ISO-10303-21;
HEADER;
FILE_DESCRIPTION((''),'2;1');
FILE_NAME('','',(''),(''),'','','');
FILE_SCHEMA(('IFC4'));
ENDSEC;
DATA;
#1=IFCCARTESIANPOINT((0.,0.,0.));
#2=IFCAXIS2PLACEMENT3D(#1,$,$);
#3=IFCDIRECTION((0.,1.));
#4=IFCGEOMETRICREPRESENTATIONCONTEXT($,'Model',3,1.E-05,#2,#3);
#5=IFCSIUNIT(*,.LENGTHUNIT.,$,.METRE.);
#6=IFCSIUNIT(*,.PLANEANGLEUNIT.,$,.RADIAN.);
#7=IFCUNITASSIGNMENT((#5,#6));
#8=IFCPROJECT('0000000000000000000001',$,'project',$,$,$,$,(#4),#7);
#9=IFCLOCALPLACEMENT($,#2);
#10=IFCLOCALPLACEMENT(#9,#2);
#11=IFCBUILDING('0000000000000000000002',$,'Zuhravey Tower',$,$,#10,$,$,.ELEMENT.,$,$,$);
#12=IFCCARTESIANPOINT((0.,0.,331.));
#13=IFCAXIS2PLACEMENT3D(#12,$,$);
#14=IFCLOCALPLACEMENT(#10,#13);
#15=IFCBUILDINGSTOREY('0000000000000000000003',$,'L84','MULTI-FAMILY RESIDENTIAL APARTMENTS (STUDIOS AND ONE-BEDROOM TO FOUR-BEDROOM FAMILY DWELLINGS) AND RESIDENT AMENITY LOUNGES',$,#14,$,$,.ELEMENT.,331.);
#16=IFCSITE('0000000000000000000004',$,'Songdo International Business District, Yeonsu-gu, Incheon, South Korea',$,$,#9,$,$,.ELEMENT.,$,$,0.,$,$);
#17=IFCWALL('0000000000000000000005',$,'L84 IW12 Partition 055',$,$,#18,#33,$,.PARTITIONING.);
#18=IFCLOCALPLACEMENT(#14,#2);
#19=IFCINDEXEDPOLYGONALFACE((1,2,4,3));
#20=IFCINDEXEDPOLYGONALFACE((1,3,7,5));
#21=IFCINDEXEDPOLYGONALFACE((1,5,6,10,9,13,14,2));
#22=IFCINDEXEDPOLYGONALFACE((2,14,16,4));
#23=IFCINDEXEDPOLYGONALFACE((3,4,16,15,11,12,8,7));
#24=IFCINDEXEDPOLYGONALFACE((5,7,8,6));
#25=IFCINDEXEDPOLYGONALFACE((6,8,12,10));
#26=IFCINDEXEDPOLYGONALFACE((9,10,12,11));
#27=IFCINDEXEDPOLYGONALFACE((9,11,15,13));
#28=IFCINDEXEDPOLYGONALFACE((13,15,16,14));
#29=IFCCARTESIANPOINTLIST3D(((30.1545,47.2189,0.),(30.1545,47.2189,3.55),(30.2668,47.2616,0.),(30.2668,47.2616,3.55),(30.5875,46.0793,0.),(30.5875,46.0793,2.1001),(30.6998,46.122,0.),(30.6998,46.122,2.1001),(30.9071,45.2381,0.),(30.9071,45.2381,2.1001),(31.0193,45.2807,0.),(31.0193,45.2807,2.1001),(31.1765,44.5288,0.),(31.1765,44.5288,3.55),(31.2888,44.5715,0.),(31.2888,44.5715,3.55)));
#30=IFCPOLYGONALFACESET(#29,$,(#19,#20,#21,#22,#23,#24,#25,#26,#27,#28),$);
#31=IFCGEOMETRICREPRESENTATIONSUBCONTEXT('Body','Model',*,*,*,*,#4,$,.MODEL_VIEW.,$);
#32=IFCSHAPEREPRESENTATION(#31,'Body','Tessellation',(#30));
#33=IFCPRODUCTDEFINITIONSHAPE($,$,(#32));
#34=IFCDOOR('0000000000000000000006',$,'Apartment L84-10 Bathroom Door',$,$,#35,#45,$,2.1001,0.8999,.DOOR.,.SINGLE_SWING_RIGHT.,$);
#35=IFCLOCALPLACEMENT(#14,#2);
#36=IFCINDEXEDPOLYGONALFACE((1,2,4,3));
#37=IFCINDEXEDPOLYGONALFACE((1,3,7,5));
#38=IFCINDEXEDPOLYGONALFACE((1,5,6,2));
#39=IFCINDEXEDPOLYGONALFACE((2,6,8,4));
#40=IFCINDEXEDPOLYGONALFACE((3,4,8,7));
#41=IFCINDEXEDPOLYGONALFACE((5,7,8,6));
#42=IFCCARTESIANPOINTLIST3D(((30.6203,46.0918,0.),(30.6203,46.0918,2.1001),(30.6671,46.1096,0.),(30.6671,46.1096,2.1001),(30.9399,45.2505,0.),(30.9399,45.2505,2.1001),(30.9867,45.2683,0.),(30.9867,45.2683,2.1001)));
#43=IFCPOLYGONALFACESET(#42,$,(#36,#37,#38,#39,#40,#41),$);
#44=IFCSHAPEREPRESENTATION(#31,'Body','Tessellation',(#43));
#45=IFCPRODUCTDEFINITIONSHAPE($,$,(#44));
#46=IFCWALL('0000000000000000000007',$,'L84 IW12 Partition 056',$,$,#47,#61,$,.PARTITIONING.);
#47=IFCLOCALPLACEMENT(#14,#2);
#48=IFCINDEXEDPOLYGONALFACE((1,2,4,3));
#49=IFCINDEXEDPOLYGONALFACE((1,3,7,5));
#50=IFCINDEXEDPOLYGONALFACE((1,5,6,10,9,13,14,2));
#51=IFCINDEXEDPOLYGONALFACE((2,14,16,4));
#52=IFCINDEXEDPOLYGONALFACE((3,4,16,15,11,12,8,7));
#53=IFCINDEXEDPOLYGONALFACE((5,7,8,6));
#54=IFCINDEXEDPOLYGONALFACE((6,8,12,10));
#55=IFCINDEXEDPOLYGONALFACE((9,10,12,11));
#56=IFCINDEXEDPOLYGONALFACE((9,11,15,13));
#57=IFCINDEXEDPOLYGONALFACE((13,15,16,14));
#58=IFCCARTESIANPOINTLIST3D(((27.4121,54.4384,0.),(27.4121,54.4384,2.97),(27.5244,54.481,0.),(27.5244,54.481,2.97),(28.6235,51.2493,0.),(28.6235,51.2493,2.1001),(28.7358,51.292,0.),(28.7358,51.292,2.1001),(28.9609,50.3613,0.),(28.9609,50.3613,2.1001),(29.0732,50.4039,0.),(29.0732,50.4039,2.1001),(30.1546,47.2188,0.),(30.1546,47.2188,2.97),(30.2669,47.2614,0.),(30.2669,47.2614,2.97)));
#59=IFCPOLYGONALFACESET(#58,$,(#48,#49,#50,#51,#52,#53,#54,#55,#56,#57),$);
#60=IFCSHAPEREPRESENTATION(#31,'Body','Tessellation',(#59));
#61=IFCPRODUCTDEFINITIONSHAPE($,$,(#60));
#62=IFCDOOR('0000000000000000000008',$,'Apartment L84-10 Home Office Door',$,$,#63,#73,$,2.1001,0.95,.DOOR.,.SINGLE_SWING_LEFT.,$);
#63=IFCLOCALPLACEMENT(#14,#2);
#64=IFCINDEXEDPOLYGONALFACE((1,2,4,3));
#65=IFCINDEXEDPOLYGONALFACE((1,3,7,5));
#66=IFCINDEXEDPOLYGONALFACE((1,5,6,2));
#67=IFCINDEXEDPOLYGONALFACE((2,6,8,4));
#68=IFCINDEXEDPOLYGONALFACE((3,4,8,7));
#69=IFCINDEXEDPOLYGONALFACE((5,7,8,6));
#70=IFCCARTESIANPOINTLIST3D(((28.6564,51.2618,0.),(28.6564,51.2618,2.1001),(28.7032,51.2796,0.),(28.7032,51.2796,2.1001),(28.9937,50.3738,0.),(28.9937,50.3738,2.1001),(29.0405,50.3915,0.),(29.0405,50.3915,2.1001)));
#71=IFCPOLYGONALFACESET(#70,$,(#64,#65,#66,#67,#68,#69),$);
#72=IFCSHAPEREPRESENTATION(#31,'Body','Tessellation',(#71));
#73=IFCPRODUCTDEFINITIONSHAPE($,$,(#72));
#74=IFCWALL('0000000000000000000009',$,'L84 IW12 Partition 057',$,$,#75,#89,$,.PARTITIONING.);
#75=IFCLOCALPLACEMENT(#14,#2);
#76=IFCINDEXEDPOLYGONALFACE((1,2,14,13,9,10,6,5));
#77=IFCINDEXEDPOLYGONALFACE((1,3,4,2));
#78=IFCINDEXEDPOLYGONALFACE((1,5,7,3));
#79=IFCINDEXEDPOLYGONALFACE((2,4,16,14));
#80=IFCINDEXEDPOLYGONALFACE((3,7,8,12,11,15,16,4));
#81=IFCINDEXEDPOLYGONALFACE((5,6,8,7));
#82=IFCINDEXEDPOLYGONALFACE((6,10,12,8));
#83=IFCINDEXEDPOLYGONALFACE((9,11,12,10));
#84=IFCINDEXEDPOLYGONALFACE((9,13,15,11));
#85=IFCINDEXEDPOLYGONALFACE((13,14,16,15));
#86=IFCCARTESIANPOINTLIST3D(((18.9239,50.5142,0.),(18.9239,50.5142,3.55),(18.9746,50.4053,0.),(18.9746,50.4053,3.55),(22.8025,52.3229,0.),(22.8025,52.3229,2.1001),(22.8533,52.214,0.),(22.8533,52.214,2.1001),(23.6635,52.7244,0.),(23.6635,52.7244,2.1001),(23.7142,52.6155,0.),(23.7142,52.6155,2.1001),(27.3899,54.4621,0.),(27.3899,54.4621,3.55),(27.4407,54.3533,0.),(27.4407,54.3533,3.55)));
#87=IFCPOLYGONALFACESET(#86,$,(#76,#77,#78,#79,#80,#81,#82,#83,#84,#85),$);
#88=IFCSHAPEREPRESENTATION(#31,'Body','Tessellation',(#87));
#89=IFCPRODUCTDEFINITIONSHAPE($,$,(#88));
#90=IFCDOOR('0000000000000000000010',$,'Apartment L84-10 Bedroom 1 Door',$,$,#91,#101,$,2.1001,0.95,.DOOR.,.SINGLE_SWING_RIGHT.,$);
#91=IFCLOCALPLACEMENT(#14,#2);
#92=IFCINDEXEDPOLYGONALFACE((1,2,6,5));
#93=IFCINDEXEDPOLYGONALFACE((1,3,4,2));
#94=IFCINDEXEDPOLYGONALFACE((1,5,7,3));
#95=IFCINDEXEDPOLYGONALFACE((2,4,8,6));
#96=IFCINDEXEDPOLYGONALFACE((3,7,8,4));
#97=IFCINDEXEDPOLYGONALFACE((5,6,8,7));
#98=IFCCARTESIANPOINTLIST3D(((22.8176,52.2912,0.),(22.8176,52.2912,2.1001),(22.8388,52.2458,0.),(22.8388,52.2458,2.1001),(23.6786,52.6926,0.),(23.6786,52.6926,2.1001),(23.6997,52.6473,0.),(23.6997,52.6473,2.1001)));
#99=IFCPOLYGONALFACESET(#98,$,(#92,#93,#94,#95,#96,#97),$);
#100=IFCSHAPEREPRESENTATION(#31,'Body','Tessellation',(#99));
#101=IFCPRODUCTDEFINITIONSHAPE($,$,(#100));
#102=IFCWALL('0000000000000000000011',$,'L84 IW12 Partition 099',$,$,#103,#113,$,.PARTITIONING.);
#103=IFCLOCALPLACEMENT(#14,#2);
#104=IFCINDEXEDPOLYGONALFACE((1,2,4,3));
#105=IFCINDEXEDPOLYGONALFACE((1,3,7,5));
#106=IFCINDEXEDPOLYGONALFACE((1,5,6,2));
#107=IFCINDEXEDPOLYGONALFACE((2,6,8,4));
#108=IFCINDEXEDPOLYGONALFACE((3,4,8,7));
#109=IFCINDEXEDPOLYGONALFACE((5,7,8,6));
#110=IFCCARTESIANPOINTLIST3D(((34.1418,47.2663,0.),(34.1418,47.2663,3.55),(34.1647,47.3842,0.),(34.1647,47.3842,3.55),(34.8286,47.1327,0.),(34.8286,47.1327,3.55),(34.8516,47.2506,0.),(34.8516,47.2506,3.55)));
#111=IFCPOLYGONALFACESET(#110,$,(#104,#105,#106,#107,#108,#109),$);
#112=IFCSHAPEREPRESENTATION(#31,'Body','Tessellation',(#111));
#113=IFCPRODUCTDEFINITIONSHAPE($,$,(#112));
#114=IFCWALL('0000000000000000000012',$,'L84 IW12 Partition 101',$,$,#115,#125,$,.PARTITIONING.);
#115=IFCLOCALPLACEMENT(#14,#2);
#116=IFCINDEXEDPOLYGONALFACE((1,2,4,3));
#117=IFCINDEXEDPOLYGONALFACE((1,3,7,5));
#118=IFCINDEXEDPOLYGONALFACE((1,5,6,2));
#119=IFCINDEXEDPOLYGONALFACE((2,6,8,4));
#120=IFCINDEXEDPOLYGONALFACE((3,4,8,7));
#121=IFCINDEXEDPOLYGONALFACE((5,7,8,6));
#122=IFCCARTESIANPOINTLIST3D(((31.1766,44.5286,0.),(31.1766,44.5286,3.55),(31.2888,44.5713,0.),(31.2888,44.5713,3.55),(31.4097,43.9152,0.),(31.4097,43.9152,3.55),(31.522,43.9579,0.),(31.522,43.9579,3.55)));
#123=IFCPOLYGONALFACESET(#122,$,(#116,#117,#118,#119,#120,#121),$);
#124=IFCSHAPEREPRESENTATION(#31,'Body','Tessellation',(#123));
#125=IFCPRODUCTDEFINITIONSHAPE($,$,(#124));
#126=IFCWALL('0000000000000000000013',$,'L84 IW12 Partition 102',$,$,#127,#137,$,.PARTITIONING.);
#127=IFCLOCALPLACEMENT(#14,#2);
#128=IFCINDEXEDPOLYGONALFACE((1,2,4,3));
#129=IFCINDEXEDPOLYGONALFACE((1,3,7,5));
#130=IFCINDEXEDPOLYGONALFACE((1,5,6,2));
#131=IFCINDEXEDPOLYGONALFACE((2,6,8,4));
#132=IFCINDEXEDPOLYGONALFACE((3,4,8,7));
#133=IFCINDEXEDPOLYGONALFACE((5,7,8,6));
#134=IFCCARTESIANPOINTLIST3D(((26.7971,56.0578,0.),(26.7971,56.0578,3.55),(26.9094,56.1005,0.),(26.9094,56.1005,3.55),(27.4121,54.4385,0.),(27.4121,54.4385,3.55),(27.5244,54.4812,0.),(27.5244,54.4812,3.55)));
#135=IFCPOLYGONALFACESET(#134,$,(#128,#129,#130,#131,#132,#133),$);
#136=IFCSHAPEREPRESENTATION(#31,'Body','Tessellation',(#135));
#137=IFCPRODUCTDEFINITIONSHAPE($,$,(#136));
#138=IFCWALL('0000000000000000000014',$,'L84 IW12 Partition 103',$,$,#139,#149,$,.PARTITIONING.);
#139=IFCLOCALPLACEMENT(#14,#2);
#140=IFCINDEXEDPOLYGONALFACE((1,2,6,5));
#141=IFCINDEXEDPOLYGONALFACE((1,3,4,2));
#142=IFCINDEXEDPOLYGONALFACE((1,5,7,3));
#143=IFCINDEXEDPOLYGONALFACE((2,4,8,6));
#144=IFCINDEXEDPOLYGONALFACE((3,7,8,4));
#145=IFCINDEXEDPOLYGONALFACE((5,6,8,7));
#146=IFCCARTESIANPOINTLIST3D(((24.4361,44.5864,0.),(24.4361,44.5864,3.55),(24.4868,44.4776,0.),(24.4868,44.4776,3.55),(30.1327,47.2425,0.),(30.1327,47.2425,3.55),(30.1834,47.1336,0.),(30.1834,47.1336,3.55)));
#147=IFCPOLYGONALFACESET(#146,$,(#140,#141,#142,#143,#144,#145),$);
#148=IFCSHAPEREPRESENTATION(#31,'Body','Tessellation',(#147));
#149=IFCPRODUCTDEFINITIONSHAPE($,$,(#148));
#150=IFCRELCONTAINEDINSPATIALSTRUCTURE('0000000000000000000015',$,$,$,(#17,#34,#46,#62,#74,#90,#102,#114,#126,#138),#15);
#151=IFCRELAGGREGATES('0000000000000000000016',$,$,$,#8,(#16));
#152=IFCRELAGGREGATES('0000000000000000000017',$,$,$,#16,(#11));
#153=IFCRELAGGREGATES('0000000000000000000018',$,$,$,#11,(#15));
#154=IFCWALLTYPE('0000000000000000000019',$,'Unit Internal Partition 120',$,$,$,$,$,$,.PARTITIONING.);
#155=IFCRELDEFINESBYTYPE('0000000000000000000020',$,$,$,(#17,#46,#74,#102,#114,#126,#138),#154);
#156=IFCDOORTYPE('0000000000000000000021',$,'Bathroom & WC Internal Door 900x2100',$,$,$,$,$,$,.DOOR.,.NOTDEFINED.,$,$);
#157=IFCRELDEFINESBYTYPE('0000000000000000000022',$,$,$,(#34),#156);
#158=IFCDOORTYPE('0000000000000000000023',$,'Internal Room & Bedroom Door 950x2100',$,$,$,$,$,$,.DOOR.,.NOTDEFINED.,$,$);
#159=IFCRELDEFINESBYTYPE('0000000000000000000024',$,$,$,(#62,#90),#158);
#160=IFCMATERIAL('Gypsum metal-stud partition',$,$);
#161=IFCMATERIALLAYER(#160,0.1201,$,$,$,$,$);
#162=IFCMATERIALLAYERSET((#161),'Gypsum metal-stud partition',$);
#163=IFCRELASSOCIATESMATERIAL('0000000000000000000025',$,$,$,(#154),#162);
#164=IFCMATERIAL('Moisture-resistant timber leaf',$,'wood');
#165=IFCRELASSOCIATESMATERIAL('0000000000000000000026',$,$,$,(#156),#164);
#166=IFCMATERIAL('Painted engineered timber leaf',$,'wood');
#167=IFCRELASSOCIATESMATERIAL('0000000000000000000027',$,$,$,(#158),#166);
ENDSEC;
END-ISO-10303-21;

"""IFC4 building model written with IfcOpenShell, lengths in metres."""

from ifc_helpers import new_model, si_unit, direction, frame, frame_2d, origin, place, context, subcontext, project, spatial, rectangle, extrude, material, layer, layer_set, type_object, element, fill, save


model = new_model("IFC4")

# Units and contexts
model_context = context("Model", 3, precision=1e-05, world=origin(), true_north=direction((0.0, 1.0)))
body_context = subcontext(model_context, "Body", "Model", "MODEL_VIEW")
ifc_project = project(units=[si_unit("LENGTHUNIT", "METRE"), si_unit("PLANEANGLEUNIT", "RADIAN")], contexts=[model_context])

# Site, building, storey
site_placement = place(None, origin())
site = spatial("IfcSite", under=ifc_project, at=site_placement, Name="Songdo International Business District, Yeonsu-gu, Incheon, South Korea", CompositionType="ELEMENT", RefElevation=0.0)
building_placement = place(site_placement, origin())
building = spatial("IfcBuilding", under=site, at=building_placement, Name="Zuhravey Tower", CompositionType="ELEMENT")
storey_placement = place(building_placement, frame((0.0, 0.0, 331.0)))
storey = spatial("IfcBuildingStorey", under=building, at=storey_placement, Name="L84", Description="MULTI-FAMILY RESIDENTIAL APARTMENTS (STUDIOS AND ONE-BEDROOM TO FOUR-BEDROOM FAMILY DWELLINGS) AND RESIDENT AMENITY LOUNGES", CompositionType="ELEMENT", Elevation=331.0)

# Walls, openings, doors
ifc_material_1 = material(Name="Gypsum metal-stud partition")
ifc_layer_1 = layer(ifc_material_1, 0.1201)
ifc_layer_set_1 = layer_set([ifc_layer_1], Name="Gypsum metal-stud partition")
wall_type_1 = type_object("IfcWallType", Name="Unit Internal Partition 120", PredefinedType="PARTITIONING", material=ifc_layer_set_1)
wall_1_placement = place(storey_placement, frame((31.2327, 44.55, 0.0), z_axis=(0.0, 0.0, 1.0), x_axis=(-0.355127, 0.934818, 0.0)))
wall_1 = element("IfcWall", 1, at=wall_1_placement, inside=storey, type_object=wall_type_1, Name="L84 IW12 Partition 055", PredefinedType="PARTITIONING", context=body_context, shape_type="SweptSolid", body=[
    extrude(rectangle(XDim=2.8777, YDim=0.1201, at=frame_2d((1.439, 0.0))), origin(), (0.0, 0.0, 1.0), 3.55),
])
opening_1_placement = place(wall_1_placement, frame((0.7588, 0.0, 0.0)))
opening_1 = element("IfcOpeningElement", 2, at=opening_1_placement, cuts=wall_1, PredefinedType="OPENING", context=body_context, shape_type="SweptSolid", body=[
    extrude(rectangle(XDim=0.8999, YDim=2.1001, at=frame_2d((0.45, 1.05))), frame((0.0, 0.072, 0.0), z_axis=(0.0, -1.0, 0.0), x_axis=(1.0, 0.0, 0.0)), (0.0, 0.0, 1.0), 0.144),
])
ifc_material_2 = material(Name="Moisture-resistant timber leaf", Category="wood")
door_type_1 = type_object("IfcDoorType", Name="Bathroom & WC Internal Door 900x2100", OperationType="NOTDEFINED", PredefinedType="DOOR", material=ifc_material_2)
door_1_placement = place(opening_1_placement, origin())
door_1 = element("IfcDoor", 3, at=door_1_placement, inside=storey, type_object=door_type_1, Name="Apartment L84-10 Bathroom Door", OperationType="SINGLE_SWING_RIGHT", OverallHeight=2.1001, OverallWidth=0.8999, PredefinedType="DOOR", context=body_context, shape_type="SweptSolid", body=[
    extrude(rectangle(XDim=0.8999, YDim=2.1001, at=frame_2d((0.45, 1.05))), frame((0.0, 0.0249, 0.0), z_axis=(0.0, -1.0, 0.0), x_axis=(1.0, 0.0, 0.0)), (0.0, 0.0, 1.0), 0.05),
])
fill(opening_1, door_1)
wall_2_placement = place(storey_placement, frame((30.2107, 47.2402, 0.0), z_axis=(0.0, 0.0, 1.0), x_axis=(-0.355108, 0.934825, 0.0)))
wall_2 = element("IfcWall", 4, at=wall_2_placement, inside=storey, type_object=wall_type_1, Name="L84 IW12 Partition 056", PredefinedType="PARTITIONING", context=body_context, shape_type="SweptSolid", body=[
    extrude(rectangle(XDim=7.7229, YDim=0.1201, at=frame_2d((3.8613, 0.0))), origin(), (0.0, 0.0, 1.0), 2.97),
])
opening_2_placement = place(wall_2_placement, frame((3.3613, 0.0, 0.0)))
opening_2 = element("IfcOpeningElement", 5, at=opening_2_placement, cuts=wall_2, PredefinedType="OPENING", context=body_context, shape_type="SweptSolid", body=[
    extrude(rectangle(XDim=0.95, YDim=2.1001, at=frame_2d((0.4751, 1.05))), frame((0.0, 0.072, 0.0), z_axis=(0.0, -1.0, 0.0), x_axis=(1.0, 0.0, 0.0)), (0.0, 0.0, 1.0), 0.144),
])
ifc_material_3 = material(Name="Painted engineered timber leaf", Category="wood")
door_type_2 = type_object("IfcDoorType", Name="Internal Room & Bedroom Door 950x2100", OperationType="NOTDEFINED", PredefinedType="DOOR", material=ifc_material_3)
door_2_placement = place(opening_2_placement, origin())
door_2 = element("IfcDoor", 6, at=door_2_placement, inside=storey, type_object=door_type_2, Name="Apartment L84-10 Home Office Door", OperationType="SINGLE_SWING_LEFT", OverallHeight=2.1001, OverallWidth=0.95, PredefinedType="DOOR", context=body_context, shape_type="SweptSolid", body=[
    extrude(rectangle(XDim=0.95, YDim=2.1001, at=frame_2d((0.4751, 1.05))), frame((0.0, 0.0249, 0.0), z_axis=(0.0, -1.0, 0.0), x_axis=(1.0, 0.0, 0.0)), (0.0, 0.0, 1.0), 0.05),
])
fill(opening_2, door_2)
wall_3_placement = place(storey_placement, frame((27.4153, 54.4077, 0.0), z_axis=(0.0, 0.0, 1.0), x_axis=(-0.906299, -0.422636, 0.0)))
wall_3 = element("IfcWall", 7, at=wall_3_placement, inside=storey, type_object=wall_type_1, Name="L84 IW12 Partition 057", PredefinedType="PARTITIONING", context=body_context, shape_type="SweptSolid", body=[
    extrude(rectangle(XDim=9.3413, YDim=0.1201, at=frame_2d((4.6707, 0.0))), origin(), (0.0, 0.0, 1.0), 3.55),
])
opening_3_placement = place(wall_3_placement, frame((4.1116, 0.0, 0.0)))
opening_3 = element("IfcOpeningElement", 8, at=opening_3_placement, cuts=wall_3, PredefinedType="OPENING", context=body_context, shape_type="SweptSolid", body=[
    extrude(rectangle(XDim=0.95, YDim=2.1001, at=frame_2d((0.4751, 1.05))), frame((0.0, 0.072, 0.0), z_axis=(0.0, -1.0, 0.0), x_axis=(1.0, 0.0, 0.0)), (0.0, 0.0, 1.0), 0.144),
])
door_3_placement = place(opening_3_placement, frame((0.95, 0.0, 0.0), z_axis=(0.0, 0.0, 1.0), x_axis=(-1.0, 0.0, 0.0)))
door_3 = element("IfcDoor", 9, at=door_3_placement, inside=storey, type_object=door_type_2, Name="Apartment L84-10 Bedroom 1 Door", OperationType="SINGLE_SWING_RIGHT", OverallHeight=2.1001, OverallWidth=0.95, PredefinedType="DOOR", context=body_context, shape_type="SweptSolid", body=[
    extrude(rectangle(XDim=0.95, YDim=2.1001, at=frame_2d((0.4751, 1.05))), frame((0.0, 0.0249, 0.0), z_axis=(0.0, -1.0, 0.0), x_axis=(1.0, 0.0, 0.0)), (0.0, 0.0, 1.0), 0.05),
])
fill(opening_3, door_3)

# Walls
wall_4_placement = place(storey_placement, frame((34.8401, 47.1917, 0.0), z_axis=(0.0, 0.0, 1.0), x_axis=(-0.981614, 0.190879, 0.0)))
element("IfcWall", 10, at=wall_4_placement, inside=storey, type_object=wall_type_1, Name="L84 IW12 Partition 099", PredefinedType="PARTITIONING", context=body_context, shape_type="SweptSolid", body=[
    extrude(rectangle(XDim=0.6997, YDim=0.1201, at=frame_2d((0.3499, 0.0))), origin(), (0.0, 0.0, 1.0), 3.55),
])
wall_5_placement = place(storey_placement, frame((31.4658, 43.9365, 0.0), z_axis=(0.0, 0.0, 1.0), x_axis=(-0.355237, 0.934776, 0.0)))
element("IfcWall", 11, at=wall_5_placement, inside=storey, type_object=wall_type_1, Name="L84 IW12 Partition 101", PredefinedType="PARTITIONING", context=body_context, shape_type="SweptSolid", body=[
    extrude(rectangle(XDim=0.6562, YDim=0.1201, at=frame_2d((0.3281, 0.0))), origin(), (0.0, 0.0, 1.0), 3.55),
])
wall_6_placement = place(storey_placement, frame((27.4683, 54.4597, 0.0), z_axis=(0.0, 0.0, 1.0), x_axis=(-0.355028, 0.934856, 0.0)))
element("IfcWall", 12, at=wall_6_placement, inside=storey, type_object=wall_type_1, Name="L84 IW12 Partition 102", PredefinedType="PARTITIONING", context=body_context, shape_type="SweptSolid", body=[
    extrude(rectangle(XDim=1.7322, YDim=0.1201, at=frame_2d((0.8662, 0.0))), origin(), (0.0, 0.0, 1.0), 3.55),
])
wall_7_placement = place(storey_placement, frame((30.158, 47.188, 0.0), z_axis=(0.0, 0.0, 1.0), x_axis=(-0.906328, -0.422575, 0.0)))
element("IfcWall", 13, at=wall_7_placement, inside=storey, type_object=wall_type_1, Name="L84 IW12 Partition 103", PredefinedType="PARTITIONING", context=body_context, shape_type="SweptSolid", body=[
    extrude(rectangle(XDim=6.2854, YDim=0.1201, at=frame_2d((3.1426, 0.0))), origin(), (0.0, 0.0, 1.0), 3.55),
])

save(model, "model.ifc")
